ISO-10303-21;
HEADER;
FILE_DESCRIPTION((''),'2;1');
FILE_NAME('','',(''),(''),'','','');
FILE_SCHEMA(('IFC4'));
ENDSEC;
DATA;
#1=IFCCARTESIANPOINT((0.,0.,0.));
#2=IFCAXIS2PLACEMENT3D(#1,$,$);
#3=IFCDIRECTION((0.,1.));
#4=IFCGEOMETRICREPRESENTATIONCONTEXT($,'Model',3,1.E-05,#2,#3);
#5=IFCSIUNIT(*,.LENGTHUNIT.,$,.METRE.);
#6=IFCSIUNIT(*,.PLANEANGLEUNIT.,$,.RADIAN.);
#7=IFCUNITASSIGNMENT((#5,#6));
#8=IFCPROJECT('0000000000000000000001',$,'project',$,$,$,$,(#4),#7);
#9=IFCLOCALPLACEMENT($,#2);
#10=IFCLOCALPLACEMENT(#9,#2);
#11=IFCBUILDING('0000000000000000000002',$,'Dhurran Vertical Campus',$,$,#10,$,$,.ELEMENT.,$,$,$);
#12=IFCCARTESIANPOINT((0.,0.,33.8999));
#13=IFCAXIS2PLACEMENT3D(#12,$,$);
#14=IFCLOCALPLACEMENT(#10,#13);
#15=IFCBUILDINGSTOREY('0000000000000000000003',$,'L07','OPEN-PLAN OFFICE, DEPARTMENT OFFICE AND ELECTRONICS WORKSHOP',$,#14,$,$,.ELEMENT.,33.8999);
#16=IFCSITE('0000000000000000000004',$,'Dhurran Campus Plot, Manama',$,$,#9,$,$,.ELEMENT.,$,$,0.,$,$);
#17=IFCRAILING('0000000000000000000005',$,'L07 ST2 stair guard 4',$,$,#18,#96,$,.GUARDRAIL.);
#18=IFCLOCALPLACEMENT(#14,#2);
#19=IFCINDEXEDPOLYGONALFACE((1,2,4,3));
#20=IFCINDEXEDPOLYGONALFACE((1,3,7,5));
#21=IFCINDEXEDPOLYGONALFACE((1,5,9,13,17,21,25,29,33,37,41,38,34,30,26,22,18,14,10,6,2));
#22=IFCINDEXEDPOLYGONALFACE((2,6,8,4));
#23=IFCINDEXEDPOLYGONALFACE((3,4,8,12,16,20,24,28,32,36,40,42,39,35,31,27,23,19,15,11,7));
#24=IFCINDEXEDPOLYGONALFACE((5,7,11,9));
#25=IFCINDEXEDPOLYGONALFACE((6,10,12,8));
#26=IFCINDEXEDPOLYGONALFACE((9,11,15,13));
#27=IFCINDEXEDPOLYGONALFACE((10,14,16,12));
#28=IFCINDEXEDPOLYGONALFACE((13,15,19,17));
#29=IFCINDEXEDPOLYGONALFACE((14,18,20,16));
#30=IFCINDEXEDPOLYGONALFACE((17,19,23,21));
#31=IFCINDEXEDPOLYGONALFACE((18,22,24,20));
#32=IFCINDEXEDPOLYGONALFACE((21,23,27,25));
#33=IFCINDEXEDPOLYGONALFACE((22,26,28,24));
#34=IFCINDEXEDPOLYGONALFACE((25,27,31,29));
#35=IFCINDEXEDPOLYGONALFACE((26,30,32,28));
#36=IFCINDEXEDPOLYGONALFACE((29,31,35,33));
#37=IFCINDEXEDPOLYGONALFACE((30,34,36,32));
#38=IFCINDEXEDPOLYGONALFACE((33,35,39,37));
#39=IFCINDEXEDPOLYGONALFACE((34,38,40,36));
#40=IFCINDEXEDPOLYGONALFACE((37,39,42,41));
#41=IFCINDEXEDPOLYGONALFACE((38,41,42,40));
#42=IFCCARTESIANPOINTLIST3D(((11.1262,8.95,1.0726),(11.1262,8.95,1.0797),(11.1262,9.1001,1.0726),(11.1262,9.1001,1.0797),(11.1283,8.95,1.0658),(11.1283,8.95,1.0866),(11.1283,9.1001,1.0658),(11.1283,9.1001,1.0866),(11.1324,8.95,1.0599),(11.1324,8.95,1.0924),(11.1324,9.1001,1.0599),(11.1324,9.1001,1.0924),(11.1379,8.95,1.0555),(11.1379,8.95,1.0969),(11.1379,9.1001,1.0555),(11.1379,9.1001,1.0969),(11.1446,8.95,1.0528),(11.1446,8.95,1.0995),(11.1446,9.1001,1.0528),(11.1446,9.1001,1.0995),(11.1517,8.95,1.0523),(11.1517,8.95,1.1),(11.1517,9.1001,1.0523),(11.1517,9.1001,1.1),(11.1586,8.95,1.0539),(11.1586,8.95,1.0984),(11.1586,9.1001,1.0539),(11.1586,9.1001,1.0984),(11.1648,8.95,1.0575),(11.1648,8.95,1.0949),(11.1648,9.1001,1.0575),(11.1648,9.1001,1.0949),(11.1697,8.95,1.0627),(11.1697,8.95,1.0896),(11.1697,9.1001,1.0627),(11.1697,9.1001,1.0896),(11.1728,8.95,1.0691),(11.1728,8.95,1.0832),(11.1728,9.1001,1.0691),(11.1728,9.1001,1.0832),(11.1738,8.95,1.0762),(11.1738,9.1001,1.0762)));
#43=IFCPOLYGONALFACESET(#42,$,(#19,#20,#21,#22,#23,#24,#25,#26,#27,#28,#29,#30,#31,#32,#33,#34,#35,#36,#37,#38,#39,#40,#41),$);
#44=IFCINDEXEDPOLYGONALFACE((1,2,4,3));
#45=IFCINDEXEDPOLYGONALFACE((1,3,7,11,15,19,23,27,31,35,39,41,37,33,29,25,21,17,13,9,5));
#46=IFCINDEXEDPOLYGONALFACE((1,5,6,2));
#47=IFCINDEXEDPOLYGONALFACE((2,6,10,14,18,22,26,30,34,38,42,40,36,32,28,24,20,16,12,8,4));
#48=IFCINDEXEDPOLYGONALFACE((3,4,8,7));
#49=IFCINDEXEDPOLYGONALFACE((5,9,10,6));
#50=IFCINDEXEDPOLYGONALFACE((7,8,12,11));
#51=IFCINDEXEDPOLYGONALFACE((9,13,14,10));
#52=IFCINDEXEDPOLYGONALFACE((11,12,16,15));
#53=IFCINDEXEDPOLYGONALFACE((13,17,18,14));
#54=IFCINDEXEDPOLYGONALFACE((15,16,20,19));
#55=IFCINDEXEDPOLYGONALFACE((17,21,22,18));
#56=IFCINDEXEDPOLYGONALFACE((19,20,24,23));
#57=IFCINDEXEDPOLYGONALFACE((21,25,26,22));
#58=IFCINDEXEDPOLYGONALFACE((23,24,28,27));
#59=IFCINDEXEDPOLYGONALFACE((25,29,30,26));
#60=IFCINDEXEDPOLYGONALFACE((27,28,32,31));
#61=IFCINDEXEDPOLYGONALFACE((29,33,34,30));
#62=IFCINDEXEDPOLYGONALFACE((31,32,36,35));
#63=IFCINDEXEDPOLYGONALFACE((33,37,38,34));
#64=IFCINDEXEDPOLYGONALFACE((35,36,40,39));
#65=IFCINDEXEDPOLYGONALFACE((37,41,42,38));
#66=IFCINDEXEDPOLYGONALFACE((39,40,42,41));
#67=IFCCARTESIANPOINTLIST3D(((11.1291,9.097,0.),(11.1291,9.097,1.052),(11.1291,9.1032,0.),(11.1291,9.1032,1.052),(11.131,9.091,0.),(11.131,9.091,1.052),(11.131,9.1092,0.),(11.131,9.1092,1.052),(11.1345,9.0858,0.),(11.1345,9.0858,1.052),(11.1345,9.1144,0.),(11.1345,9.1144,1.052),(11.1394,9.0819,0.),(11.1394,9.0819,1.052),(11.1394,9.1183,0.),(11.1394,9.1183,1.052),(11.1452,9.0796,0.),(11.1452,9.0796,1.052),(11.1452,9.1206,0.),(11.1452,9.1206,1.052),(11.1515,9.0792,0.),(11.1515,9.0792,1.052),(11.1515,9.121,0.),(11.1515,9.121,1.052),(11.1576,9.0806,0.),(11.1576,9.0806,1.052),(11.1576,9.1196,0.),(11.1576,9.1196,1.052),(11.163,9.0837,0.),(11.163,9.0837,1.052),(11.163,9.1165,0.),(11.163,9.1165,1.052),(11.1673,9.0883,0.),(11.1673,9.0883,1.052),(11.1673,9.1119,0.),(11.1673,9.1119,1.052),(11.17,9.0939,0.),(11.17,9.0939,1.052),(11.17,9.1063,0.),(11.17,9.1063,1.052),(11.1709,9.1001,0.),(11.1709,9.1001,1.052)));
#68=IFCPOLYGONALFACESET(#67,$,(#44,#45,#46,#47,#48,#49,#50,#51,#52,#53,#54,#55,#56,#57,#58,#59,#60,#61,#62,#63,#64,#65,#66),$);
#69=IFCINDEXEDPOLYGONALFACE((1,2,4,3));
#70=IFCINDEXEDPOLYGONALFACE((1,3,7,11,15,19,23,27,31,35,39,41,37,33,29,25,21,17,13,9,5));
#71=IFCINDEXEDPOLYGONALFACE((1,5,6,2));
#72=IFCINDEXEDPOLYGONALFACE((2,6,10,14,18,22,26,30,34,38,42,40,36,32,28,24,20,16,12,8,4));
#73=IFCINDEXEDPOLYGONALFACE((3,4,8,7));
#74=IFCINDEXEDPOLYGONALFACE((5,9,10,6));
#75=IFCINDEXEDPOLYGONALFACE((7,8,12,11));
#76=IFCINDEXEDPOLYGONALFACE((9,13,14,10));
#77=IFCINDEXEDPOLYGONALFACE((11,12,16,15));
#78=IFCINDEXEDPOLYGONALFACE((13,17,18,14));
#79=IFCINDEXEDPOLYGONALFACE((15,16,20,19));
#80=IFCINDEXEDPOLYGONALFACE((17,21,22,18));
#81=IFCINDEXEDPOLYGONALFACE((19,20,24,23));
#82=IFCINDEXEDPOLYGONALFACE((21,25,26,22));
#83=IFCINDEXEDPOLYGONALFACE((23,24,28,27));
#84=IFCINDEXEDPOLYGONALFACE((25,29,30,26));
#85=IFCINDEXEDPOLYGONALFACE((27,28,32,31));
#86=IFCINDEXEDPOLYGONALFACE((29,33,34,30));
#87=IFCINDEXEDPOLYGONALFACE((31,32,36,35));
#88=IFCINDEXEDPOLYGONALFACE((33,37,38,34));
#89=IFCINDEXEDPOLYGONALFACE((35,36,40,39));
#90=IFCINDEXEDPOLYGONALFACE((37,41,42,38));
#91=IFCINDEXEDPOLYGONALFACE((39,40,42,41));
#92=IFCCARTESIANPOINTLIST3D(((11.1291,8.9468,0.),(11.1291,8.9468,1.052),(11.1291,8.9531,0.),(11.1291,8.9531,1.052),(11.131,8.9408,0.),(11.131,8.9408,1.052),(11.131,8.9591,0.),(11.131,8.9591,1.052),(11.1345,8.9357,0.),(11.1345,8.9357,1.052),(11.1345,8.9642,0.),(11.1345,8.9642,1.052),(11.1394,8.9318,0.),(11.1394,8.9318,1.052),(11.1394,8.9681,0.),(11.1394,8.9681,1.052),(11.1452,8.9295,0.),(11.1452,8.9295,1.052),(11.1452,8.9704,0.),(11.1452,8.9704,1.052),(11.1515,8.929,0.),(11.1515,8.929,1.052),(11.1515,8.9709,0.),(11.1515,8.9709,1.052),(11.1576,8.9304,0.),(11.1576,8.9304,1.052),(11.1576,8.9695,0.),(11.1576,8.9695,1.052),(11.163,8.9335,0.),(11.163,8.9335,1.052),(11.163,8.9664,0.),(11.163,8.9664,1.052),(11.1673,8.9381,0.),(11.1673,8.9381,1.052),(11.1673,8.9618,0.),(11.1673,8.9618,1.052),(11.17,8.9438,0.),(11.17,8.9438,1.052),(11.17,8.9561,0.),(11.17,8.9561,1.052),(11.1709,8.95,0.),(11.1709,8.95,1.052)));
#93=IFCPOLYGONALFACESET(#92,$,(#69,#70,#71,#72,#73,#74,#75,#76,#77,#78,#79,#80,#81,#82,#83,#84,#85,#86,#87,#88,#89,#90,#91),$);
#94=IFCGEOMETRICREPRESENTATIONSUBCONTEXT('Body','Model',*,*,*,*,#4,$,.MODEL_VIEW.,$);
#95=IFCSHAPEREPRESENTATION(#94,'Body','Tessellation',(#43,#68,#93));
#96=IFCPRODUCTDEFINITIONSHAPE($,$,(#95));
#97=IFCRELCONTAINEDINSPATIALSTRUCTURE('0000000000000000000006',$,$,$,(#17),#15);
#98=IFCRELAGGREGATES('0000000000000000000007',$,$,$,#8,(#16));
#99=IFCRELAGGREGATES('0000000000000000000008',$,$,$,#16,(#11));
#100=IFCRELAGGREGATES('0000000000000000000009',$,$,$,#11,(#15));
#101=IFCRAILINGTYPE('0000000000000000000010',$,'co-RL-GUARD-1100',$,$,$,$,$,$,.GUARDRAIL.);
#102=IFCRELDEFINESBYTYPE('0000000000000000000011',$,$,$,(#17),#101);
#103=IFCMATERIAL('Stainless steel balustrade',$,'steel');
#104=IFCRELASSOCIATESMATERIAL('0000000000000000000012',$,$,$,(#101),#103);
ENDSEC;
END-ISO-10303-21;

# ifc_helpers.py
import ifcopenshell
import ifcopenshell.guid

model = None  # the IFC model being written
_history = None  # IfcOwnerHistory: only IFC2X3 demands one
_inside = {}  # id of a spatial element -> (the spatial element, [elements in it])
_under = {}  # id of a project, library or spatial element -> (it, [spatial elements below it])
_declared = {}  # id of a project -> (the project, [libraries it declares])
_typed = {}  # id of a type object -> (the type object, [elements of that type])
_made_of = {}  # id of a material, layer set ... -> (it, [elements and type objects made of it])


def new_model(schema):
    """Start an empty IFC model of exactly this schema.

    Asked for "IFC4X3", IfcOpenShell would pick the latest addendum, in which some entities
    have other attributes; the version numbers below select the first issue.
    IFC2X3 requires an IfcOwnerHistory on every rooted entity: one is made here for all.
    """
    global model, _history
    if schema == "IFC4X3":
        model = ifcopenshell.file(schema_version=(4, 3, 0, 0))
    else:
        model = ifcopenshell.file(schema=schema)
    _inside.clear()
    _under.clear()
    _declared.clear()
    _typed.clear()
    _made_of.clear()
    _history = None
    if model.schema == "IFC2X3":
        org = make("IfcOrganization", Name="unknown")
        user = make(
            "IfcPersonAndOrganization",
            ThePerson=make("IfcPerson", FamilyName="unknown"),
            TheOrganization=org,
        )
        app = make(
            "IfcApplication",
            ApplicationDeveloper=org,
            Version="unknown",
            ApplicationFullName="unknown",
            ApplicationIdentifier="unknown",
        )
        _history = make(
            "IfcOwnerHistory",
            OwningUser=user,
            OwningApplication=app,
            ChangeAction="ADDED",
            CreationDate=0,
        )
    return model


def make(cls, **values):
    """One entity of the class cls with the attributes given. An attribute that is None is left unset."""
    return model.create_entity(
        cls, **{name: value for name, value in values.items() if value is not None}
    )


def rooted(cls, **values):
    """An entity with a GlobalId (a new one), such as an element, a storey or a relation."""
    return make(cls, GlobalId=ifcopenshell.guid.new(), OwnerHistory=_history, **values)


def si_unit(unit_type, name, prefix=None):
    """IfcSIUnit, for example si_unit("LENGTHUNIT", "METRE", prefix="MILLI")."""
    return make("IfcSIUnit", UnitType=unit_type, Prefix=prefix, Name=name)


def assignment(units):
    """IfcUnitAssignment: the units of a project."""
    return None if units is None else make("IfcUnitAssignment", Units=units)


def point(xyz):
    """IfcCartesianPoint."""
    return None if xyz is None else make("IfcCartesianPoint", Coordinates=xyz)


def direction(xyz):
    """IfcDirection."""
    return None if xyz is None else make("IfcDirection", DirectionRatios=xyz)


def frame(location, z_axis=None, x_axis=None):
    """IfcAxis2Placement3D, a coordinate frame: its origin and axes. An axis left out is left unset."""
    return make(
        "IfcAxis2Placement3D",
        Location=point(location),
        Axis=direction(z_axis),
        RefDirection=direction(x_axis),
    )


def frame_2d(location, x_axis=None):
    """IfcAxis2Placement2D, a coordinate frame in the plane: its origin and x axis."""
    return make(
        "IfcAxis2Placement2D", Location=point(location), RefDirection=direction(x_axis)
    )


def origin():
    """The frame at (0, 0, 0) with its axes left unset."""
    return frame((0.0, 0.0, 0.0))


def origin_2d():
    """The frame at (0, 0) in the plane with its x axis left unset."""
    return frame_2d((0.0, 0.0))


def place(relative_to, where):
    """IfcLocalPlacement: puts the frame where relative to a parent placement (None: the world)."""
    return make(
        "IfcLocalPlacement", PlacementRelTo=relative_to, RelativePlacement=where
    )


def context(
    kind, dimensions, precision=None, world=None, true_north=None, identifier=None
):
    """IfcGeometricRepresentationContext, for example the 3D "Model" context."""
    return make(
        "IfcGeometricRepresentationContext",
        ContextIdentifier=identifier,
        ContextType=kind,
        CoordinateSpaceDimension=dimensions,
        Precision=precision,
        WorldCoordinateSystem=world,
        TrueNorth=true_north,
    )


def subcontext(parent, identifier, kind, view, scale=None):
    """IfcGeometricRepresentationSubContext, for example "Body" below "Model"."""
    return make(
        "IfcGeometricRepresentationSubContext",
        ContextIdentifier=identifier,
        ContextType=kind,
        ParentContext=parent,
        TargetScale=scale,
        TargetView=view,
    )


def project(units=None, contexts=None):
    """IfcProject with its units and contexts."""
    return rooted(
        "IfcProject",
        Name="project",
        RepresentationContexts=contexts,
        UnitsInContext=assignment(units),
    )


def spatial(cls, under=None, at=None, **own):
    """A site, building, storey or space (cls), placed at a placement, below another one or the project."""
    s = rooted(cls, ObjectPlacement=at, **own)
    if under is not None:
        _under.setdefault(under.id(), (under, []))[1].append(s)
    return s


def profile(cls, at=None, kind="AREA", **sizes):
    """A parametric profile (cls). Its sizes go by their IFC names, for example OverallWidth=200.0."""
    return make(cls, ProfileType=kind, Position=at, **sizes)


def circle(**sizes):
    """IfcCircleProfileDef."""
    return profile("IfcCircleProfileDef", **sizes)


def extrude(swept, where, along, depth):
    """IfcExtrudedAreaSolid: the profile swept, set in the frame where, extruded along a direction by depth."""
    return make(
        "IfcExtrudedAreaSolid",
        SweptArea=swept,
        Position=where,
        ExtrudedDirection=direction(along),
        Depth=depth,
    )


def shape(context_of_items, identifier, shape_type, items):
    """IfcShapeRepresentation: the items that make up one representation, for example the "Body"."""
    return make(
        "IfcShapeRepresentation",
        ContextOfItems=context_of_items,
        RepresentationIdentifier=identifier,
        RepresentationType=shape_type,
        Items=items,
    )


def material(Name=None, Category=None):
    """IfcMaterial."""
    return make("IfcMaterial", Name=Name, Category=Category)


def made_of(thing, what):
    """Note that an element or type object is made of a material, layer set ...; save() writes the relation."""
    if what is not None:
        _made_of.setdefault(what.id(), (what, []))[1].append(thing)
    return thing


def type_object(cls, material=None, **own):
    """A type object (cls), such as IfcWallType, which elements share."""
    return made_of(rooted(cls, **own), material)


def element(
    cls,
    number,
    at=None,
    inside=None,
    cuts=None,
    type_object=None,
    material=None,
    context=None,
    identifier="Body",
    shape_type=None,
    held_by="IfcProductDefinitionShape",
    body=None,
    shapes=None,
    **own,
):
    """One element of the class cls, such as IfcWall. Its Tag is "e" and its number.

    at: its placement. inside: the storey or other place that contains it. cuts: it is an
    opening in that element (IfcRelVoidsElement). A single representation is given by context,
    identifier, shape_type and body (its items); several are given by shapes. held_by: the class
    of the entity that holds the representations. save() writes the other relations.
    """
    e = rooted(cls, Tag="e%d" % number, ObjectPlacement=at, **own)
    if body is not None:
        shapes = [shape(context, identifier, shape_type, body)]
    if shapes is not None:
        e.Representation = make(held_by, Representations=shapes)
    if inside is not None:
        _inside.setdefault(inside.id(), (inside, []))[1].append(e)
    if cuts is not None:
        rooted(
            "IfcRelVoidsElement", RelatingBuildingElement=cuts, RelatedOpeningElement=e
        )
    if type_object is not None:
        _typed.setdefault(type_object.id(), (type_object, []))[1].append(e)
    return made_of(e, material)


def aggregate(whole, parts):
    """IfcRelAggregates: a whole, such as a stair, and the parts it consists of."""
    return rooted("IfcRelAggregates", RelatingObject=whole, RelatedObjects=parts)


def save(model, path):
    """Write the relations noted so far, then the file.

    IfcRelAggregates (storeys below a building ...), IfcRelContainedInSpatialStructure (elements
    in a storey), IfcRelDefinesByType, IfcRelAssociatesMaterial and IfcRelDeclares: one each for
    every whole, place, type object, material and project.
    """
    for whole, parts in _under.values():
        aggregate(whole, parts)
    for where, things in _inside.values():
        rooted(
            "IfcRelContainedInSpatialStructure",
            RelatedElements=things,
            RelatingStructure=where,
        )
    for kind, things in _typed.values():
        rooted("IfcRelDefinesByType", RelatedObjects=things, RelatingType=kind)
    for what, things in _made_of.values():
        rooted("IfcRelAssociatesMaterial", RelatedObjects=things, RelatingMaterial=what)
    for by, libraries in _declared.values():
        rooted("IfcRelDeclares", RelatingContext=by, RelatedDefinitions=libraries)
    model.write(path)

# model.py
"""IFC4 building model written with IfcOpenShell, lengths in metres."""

from ifc_helpers import new_model, si_unit, direction, frame, origin, origin_2d, place, context, subcontext, project, spatial, circle, extrude, material, type_object, element, save


model = new_model("IFC4")

# Units and contexts
model_context = context("Model", 3, precision=1e-05, world=origin(), true_north=direction((0.0, 1.0)))
body_context = subcontext(model_context, "Body", "Model", "MODEL_VIEW")
ifc_project = project(units=[si_unit("LENGTHUNIT", "METRE"), si_unit("PLANEANGLEUNIT", "RADIAN")], contexts=[model_context])

# Site, building, storey
site_placement = place(None, origin())
site = spatial("IfcSite", under=ifc_project, at=site_placement, Name="Dhurran Campus Plot, Manama", CompositionType="ELEMENT", RefElevation=0.0)
building_placement = place(site_placement, origin())
building = spatial("IfcBuilding", under=site, at=building_placement, Name="Dhurran Vertical Campus", CompositionType="ELEMENT")
storey_placement = place(building_placement, frame((0.0, 0.0, 33.8999)))
storey = spatial("IfcBuildingStorey", under=building, at=storey_placement, Name="L07", Description="OPEN-PLAN OFFICE, DEPARTMENT OFFICE AND ELECTRONICS WORKSHOP", CompositionType="ELEMENT", Elevation=33.8999)

# Railing
ifc_material_1 = material(Name="Stainless steel balustrade", Category="steel")
railing_type_1 = type_object("IfcRailingType", Name="co-RL-GUARD-1100", PredefinedType="GUARDRAIL", material=ifc_material_1)
railing_1_placement = place(storey_placement, frame((11.1499, 9.1001, 0.0)))
element("IfcRailing", 1, at=railing_1_placement, inside=storey, type_object=railing_type_1, Name="L07 ST2 stair guard 4", PredefinedType="GUARDRAIL", context=body_context, shape_type="SweptSolid", body=[
    extrude(circle(Radius=0.0239, at=origin_2d()), frame((0.0, 0.0, 1.0762), z_axis=(0.0, -1.0, 0.0), x_axis=(1.0, 0.0, 0.0)), (0.0, 0.0, 1.0), 0.1501),
    extrude(circle(Radius=0.021, at=origin_2d()), origin(), (0.0, 0.0, 1.0), 1.052),
    extrude(circle(Radius=0.021, at=origin_2d()), frame((0.0, -0.1501, 0.0)), (0.0, 0.0, 1.0), 1.052),
])

save(model, "model.ifc")
